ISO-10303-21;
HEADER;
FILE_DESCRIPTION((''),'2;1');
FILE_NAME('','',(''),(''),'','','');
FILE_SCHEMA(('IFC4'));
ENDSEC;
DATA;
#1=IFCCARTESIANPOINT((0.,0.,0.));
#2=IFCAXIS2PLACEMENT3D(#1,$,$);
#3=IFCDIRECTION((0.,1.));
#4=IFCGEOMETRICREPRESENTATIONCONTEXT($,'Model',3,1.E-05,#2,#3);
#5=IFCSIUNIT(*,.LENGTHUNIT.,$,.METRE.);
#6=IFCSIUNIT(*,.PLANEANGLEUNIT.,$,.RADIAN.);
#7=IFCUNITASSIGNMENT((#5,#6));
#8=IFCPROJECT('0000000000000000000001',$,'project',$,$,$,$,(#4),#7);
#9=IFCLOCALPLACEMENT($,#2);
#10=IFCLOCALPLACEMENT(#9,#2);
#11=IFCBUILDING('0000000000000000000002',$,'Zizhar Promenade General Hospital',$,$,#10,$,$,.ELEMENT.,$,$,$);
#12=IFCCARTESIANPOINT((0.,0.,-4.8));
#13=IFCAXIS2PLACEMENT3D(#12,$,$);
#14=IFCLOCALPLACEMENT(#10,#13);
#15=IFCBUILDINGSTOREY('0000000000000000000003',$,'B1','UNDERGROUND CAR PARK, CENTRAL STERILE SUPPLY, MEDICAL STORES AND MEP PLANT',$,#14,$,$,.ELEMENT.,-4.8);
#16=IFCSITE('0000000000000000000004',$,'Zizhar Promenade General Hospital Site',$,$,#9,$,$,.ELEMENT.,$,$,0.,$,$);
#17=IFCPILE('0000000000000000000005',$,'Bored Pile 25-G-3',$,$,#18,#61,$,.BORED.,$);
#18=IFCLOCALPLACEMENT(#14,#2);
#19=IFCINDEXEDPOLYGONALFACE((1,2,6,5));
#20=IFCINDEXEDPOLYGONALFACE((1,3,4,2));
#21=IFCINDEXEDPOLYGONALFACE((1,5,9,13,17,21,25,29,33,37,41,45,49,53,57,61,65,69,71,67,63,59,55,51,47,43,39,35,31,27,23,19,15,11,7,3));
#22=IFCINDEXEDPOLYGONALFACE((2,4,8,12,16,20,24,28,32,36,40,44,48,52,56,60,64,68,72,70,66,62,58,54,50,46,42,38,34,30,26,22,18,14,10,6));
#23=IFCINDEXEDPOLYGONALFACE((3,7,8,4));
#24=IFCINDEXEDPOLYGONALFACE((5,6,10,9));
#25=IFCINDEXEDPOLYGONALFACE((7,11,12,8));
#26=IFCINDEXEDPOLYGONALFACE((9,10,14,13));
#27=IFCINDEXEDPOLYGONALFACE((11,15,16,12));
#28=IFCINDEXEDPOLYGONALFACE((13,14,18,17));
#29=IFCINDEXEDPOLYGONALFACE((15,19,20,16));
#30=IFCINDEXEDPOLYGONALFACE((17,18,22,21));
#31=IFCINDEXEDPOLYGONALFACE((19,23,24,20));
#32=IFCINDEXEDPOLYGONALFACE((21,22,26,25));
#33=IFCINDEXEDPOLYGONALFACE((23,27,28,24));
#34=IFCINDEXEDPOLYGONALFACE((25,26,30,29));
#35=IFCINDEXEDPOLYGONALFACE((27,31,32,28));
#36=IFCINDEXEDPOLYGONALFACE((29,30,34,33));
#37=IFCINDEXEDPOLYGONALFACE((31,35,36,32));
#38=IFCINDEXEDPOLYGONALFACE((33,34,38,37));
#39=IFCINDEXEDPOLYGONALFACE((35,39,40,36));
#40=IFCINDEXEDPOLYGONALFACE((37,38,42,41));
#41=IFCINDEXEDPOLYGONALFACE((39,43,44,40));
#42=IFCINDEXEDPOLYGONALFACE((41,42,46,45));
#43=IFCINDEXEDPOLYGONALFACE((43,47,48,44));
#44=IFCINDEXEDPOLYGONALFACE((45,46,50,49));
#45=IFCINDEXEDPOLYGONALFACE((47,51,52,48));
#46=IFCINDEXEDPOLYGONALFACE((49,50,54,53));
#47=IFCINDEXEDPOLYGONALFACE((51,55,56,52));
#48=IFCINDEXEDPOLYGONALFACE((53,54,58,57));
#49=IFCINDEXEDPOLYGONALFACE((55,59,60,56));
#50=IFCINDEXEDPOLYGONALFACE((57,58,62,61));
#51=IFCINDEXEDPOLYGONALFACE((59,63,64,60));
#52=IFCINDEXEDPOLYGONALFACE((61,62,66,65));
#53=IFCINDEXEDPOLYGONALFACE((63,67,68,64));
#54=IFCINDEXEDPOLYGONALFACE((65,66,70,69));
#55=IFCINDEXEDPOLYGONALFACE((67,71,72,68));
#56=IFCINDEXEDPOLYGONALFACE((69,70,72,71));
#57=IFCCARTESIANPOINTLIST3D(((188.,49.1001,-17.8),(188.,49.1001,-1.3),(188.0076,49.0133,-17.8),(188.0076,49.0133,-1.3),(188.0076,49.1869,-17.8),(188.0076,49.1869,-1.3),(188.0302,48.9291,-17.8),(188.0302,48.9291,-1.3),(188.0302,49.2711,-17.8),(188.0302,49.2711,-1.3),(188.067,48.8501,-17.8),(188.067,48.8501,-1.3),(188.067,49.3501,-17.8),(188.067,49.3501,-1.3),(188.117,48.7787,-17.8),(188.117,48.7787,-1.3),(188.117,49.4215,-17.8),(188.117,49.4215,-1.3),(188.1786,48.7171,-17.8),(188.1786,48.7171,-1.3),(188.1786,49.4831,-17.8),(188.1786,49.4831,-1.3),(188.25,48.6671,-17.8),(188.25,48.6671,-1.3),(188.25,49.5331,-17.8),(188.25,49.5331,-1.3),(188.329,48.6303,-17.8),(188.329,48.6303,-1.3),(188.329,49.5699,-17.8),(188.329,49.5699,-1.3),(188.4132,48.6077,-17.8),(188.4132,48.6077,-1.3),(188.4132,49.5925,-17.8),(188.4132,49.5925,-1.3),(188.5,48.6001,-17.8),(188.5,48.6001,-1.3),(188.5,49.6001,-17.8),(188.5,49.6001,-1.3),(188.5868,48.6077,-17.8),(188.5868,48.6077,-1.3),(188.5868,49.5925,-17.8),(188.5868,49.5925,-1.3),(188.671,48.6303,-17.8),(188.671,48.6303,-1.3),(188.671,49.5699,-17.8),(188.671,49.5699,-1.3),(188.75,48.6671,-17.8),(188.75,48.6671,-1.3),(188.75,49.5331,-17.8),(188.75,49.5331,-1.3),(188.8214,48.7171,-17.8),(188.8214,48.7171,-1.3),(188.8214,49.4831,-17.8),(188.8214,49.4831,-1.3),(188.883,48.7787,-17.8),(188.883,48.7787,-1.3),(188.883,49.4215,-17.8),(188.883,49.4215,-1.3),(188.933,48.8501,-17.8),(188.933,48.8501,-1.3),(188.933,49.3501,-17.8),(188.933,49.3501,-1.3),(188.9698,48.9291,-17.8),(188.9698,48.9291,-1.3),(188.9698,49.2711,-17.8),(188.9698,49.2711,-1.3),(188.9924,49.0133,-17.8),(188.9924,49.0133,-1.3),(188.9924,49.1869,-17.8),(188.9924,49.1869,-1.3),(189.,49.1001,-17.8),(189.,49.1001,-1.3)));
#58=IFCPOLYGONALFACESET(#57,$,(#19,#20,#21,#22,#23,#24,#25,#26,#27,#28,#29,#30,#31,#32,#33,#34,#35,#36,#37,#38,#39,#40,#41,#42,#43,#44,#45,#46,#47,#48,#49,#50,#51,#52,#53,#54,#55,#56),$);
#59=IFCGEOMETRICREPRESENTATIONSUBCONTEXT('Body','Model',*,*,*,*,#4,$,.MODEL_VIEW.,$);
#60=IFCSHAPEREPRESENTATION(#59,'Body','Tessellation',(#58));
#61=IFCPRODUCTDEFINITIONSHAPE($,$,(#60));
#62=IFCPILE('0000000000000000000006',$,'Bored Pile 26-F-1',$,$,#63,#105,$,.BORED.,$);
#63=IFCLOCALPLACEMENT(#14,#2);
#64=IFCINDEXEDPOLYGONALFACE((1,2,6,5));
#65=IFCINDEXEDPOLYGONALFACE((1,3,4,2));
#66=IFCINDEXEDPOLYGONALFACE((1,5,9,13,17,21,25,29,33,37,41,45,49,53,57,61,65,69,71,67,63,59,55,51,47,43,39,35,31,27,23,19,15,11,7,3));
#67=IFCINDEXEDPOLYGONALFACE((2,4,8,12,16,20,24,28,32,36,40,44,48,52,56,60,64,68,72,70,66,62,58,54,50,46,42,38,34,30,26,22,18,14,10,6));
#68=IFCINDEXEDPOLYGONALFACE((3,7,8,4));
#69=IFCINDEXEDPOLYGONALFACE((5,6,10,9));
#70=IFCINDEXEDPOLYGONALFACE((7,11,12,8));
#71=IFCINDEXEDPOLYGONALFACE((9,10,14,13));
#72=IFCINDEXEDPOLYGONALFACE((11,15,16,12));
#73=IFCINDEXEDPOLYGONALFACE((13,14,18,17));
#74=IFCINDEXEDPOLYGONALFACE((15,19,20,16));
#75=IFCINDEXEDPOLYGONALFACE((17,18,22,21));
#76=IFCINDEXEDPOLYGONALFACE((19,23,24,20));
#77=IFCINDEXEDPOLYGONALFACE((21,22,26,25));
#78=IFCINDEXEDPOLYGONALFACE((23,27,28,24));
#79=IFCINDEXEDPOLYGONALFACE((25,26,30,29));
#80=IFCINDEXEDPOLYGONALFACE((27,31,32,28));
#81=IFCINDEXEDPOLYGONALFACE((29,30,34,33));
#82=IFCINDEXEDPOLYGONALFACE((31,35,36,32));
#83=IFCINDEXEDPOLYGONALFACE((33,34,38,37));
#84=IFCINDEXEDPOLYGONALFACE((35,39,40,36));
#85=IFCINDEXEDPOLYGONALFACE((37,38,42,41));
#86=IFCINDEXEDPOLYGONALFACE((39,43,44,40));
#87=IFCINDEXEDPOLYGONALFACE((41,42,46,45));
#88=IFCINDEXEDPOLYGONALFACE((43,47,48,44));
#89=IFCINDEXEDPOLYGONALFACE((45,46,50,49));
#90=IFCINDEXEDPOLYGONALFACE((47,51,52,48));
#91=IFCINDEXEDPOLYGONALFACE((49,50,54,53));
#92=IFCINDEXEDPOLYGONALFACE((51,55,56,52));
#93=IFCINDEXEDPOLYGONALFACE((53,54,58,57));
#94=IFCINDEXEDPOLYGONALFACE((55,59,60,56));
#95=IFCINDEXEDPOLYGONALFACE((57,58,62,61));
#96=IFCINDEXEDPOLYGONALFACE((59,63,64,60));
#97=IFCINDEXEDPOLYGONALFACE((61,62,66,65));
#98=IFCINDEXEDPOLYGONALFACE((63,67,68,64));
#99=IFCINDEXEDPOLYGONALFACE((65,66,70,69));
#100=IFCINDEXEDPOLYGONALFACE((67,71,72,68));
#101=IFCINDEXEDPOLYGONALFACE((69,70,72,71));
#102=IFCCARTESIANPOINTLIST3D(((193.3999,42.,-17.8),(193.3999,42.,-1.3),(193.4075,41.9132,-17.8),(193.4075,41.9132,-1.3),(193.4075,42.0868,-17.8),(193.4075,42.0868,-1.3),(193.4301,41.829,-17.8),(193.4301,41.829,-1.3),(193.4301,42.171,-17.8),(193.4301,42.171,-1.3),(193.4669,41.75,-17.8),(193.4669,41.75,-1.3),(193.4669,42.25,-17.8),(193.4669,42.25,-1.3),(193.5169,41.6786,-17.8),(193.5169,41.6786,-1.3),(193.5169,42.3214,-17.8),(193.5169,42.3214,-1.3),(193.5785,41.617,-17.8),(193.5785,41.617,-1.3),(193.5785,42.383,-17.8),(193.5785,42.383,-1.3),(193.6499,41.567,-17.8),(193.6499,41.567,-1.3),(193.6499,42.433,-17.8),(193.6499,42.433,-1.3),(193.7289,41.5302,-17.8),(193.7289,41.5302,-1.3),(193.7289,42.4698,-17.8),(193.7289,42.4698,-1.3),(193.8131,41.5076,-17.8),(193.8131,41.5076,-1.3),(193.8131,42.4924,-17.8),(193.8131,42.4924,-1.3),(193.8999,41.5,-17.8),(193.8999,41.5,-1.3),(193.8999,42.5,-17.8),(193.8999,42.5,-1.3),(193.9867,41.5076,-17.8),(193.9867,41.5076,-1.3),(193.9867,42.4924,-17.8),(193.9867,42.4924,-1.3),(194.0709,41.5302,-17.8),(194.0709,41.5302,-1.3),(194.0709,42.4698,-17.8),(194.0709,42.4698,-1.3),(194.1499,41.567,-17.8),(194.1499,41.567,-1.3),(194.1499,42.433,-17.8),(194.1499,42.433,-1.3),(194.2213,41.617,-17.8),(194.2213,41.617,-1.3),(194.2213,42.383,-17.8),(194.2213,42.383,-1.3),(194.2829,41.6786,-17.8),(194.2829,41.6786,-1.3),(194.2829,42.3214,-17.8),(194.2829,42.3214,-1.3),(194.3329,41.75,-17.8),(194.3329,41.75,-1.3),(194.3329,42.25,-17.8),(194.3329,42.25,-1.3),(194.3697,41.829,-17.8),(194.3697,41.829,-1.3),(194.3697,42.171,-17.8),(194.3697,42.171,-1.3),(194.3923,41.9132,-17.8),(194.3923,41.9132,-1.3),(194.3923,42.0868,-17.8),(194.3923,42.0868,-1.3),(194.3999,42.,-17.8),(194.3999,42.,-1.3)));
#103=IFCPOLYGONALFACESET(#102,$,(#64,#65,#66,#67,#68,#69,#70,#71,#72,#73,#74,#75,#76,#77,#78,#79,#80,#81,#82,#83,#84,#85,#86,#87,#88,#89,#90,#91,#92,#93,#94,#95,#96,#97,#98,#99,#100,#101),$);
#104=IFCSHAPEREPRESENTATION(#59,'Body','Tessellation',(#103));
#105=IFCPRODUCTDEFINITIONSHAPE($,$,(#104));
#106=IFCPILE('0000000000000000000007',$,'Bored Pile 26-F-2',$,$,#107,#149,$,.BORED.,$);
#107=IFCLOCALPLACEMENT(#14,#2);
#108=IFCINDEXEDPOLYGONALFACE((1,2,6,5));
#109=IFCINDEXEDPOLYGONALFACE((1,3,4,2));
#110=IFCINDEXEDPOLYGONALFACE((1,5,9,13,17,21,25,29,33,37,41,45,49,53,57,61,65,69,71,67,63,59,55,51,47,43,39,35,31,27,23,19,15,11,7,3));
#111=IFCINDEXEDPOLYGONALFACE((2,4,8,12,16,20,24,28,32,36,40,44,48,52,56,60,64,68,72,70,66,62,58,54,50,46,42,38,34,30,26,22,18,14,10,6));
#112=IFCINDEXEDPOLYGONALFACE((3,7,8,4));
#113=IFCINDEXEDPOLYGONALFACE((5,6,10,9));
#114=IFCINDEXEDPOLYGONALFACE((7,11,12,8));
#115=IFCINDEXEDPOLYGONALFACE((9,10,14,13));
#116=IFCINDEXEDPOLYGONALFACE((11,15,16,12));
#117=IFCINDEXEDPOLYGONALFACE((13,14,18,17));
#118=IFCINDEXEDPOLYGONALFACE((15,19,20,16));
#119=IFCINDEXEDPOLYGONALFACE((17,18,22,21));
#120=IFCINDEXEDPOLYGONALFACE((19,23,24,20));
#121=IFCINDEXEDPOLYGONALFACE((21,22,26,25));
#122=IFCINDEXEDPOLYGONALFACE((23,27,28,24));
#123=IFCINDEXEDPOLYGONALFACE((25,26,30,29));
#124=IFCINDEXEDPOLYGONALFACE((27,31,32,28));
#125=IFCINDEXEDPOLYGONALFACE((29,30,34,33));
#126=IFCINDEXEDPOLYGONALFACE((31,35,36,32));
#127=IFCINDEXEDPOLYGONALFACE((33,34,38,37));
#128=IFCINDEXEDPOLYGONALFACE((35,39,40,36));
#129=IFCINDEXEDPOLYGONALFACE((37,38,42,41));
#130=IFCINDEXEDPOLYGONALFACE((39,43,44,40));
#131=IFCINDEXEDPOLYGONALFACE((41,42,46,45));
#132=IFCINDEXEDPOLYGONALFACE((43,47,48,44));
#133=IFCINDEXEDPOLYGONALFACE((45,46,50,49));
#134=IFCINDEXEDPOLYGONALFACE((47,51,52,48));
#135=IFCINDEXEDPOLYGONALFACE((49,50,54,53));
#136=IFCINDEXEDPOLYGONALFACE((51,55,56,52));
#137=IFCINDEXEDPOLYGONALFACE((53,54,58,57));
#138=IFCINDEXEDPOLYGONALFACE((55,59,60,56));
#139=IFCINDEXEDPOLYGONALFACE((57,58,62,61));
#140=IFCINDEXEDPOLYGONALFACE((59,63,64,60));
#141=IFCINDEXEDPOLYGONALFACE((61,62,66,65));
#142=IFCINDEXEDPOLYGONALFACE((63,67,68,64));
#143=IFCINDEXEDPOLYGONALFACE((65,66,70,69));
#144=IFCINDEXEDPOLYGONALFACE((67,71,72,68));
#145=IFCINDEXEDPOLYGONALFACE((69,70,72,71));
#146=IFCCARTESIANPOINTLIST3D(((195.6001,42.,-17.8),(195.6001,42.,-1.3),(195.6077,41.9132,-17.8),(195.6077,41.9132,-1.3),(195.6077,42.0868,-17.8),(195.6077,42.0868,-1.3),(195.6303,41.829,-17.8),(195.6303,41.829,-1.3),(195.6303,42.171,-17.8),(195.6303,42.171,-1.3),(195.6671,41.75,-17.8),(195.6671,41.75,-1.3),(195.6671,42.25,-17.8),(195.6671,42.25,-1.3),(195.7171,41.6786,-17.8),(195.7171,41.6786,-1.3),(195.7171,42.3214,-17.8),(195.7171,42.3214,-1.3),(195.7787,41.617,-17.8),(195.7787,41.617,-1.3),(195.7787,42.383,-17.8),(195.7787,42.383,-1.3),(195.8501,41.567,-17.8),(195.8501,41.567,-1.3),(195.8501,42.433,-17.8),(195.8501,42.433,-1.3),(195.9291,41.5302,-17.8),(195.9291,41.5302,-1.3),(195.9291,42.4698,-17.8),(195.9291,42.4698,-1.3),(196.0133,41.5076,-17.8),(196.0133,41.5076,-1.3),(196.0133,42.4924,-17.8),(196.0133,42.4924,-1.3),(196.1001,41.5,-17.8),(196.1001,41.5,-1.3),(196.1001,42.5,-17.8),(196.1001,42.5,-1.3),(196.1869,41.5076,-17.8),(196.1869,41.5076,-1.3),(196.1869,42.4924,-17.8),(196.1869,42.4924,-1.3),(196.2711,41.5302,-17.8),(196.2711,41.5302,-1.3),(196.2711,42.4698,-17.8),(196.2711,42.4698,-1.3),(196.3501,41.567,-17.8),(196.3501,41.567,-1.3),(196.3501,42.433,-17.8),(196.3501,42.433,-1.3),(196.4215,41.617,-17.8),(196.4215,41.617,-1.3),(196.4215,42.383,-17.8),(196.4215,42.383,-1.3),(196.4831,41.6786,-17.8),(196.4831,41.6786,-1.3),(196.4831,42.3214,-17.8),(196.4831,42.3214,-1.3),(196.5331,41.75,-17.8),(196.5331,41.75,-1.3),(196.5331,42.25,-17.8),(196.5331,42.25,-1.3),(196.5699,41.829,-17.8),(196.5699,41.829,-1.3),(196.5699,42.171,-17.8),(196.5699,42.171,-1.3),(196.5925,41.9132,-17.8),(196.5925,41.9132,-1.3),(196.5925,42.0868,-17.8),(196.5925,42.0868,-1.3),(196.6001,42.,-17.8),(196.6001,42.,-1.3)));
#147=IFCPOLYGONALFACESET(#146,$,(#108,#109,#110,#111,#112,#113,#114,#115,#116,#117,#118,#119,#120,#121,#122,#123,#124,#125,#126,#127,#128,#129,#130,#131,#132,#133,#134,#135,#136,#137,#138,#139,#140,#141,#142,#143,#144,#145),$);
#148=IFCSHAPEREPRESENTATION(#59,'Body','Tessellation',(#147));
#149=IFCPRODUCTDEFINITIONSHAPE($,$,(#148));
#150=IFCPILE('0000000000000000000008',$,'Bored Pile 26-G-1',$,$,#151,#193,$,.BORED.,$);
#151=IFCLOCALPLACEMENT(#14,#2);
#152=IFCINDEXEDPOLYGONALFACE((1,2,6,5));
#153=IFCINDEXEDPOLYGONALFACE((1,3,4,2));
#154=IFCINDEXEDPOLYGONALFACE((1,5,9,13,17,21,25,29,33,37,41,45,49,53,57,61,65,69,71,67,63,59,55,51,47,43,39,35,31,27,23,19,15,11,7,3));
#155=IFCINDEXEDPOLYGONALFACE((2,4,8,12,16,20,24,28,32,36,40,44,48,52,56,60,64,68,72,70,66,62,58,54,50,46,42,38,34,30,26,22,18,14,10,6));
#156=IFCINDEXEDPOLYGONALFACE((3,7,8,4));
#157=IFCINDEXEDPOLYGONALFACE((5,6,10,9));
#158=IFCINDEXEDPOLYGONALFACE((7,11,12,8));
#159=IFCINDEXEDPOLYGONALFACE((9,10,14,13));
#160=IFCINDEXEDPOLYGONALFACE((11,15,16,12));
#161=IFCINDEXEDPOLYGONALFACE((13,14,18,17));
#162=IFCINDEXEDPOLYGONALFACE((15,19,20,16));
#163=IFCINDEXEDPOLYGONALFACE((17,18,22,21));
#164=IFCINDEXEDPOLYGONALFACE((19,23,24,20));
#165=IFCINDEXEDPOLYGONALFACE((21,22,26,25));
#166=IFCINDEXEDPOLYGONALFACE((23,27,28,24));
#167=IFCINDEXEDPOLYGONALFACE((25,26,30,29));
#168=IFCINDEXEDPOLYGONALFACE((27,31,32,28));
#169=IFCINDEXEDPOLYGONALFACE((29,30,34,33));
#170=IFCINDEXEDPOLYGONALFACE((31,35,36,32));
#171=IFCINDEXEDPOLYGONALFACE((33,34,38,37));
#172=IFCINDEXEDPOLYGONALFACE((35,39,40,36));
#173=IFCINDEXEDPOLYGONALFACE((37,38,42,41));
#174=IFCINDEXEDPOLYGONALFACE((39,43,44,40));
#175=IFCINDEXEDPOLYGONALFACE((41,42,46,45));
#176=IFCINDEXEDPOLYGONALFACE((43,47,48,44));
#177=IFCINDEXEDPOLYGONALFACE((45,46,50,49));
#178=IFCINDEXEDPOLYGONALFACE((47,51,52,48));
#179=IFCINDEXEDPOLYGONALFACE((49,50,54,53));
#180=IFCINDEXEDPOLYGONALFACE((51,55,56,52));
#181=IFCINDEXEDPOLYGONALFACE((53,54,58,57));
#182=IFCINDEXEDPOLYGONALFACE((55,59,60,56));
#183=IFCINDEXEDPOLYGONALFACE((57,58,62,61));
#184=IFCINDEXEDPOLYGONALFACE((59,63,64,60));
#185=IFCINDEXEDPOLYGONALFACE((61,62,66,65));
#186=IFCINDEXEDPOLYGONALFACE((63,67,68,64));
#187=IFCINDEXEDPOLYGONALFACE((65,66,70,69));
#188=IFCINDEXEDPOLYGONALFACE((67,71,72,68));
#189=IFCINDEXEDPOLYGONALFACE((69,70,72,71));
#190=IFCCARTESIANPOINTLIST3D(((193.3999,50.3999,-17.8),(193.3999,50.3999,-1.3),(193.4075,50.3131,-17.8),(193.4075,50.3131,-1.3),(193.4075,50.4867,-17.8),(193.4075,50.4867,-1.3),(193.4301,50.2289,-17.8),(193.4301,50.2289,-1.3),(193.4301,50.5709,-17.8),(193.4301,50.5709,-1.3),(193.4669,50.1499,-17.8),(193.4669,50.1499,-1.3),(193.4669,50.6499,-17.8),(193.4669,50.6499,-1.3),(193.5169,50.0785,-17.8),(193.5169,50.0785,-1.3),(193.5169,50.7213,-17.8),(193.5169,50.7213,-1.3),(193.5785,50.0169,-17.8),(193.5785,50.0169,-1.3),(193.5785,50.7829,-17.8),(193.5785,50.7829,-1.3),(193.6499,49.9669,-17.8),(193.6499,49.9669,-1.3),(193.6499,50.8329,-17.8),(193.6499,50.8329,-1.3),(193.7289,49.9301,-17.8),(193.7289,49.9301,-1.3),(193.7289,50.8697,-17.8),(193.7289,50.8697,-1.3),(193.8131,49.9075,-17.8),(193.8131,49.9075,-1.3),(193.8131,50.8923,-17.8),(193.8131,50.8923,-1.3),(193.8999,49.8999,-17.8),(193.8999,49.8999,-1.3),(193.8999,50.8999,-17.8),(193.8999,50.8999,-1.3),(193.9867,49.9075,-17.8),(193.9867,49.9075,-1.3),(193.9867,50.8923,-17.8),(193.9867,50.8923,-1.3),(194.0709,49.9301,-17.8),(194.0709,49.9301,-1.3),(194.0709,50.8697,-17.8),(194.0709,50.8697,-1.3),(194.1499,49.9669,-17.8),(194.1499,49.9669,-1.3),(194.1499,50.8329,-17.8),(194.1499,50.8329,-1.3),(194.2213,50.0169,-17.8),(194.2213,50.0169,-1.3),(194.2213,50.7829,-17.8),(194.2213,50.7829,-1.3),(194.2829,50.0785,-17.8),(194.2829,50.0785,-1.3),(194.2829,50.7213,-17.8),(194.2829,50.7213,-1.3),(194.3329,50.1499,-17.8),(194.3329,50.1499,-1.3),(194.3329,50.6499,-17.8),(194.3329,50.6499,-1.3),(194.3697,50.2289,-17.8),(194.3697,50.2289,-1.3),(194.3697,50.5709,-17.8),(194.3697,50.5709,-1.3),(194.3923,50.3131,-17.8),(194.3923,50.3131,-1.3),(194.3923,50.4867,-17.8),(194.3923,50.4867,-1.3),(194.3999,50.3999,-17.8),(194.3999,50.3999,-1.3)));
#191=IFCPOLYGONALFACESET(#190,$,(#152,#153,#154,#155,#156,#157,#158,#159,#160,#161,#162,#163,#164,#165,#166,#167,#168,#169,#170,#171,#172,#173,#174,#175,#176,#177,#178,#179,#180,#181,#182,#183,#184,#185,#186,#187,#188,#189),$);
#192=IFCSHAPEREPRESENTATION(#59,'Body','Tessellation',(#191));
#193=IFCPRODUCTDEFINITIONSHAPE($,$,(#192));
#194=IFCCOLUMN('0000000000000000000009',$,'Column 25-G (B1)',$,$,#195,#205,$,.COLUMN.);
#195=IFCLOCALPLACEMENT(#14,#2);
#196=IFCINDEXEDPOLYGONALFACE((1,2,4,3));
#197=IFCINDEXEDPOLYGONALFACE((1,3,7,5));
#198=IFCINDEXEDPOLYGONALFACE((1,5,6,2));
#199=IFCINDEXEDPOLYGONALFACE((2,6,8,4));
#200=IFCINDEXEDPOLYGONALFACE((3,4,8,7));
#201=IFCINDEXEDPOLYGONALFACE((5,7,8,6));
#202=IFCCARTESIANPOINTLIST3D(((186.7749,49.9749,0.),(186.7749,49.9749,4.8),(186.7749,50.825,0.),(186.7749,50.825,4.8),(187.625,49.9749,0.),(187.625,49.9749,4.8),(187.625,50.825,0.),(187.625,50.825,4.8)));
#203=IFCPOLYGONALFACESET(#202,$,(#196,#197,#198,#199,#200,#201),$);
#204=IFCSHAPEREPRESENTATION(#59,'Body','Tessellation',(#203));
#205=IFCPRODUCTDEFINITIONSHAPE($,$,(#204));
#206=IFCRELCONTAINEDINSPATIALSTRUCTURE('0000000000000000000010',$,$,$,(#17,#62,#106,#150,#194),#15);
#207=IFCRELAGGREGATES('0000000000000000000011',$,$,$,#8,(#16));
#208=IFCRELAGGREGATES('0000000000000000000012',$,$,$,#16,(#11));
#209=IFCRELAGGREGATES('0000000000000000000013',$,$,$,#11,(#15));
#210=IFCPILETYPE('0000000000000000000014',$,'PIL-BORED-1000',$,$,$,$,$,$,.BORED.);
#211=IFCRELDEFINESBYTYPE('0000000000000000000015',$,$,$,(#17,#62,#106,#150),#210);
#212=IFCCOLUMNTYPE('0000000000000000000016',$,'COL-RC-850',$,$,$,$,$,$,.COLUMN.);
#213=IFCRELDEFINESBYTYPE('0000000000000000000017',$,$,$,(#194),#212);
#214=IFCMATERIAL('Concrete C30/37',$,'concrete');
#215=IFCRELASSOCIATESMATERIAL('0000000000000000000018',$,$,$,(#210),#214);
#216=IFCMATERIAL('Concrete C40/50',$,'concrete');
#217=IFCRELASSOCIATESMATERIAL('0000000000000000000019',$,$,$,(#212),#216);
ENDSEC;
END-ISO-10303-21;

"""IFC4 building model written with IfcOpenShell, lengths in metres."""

from ifc_helpers import new_model, si_unit, direction, frame, origin, origin_2d, place, context, subcontext, project, spatial, rectangle, circle, extrude, material, material_profile, profile_set, type_object, element, save


model = new_model("IFC4")

# Units and contexts
model_context = context("Model", 3, precision=1e-05, world=origin(), true_north=direction((0.0, 1.0)))
body_context = subcontext(model_context, "Body", "Model", "MODEL_VIEW")
ifc_project = project(units=[si_unit("LENGTHUNIT", "METRE"), si_unit("PLANEANGLEUNIT", "RADIAN")], contexts=[model_context])

# Site, building, storey
site_placement = place(None, origin())
site = spatial("IfcSite", under=ifc_project, at=site_placement, Name="Zizhar Promenade General Hospital Site", CompositionType="ELEMENT", RefElevation=0.0)
building_placement = place(site_placement, origin())
building = spatial("IfcBuilding", under=site, at=building_placement, Name="Zizhar Promenade General Hospital", CompositionType="ELEMENT")
storey_placement = place(building_placement, frame((0.0, 0.0, -4.8)))
storey = spatial("IfcBuildingStorey", under=building, at=storey_placement, Name="B1", Description="UNDERGROUND CAR PARK, CENTRAL STERILE SUPPLY, MEDICAL STORES AND MEP PLANT", CompositionType="ELEMENT", Elevation=-4.8)

# Piles
ifc_material_1 = material(Name="Concrete C30/37", Category="concrete")
ifc_material_profile_1 = material_profile(ifc_material_1, circle(Radius=0.5, at=origin_2d()))
ifc_profile_set_1 = profile_set([ifc_material_profile_1], Name="Concrete C30/37")
pile_type = type_object("IfcPileType", Name="PIL-BORED-1000", PredefinedType="BORED", material=ifc_profile_set_1)
for number, where, z_axis, x_axis, name in (
    (1, (188.5, 49.1001, -1.3), (0.0, 0.0, -1.0), (1.0, 0.0, 0.0), "Bored Pile 25-G-3"),
    (2, (193.8999, 42.0, -1.3), (0.0, 0.0, -1.0), (1.0, 0.0, 0.0), "Bored Pile 26-F-1"),
    (3, (196.1001, 42.0, -1.3), (0.0, 0.0, -1.0), (1.0, 0.0, 0.0), "Bored Pile 26-F-2"),
    (4, (193.8999, 50.3999, -1.3), (0.0, 0.0, -1.0), (1.0, 0.0, 0.0), "Bored Pile 26-G-1"),
):
    element("IfcPile", number, at=place(storey_placement, frame(where, z_axis=z_axis, x_axis=x_axis)), inside=storey, type_object=pile_type, Name=name, PredefinedType="BORED", context=body_context, shape_type="SweptSolid", body=[
        extrude(circle(Radius=0.5, at=origin_2d()), origin(), (0.0, 0.0, 1.0), 16.5),
    ])

# Column
ifc_material_2 = material(Name="Concrete C40/50", Category="concrete")
ifc_material_profile_2 = material_profile(ifc_material_2, rectangle(XDim=0.8501, YDim=0.8501, at=origin_2d()))
ifc_profile_set_2 = profile_set([ifc_material_profile_2], Name="Concrete C40/50")
column_type = type_object("IfcColumnType", Name="COL-RC-850", PredefinedType="COLUMN", material=ifc_profile_set_2)
for number, where, z_axis, x_axis, name in (
    (5, (187.2, 50.3999, 0.0), (0.0, 0.0, 1.0), (1.0, 0.0, 0.0), "Column 25-G (B1)"),
):
    element("IfcColumn", number, at=place(storey_placement, frame(where, z_axis=z_axis, x_axis=x_axis)), inside=storey, type_object=column_type, Name=name, PredefinedType="COLUMN", context=body_context, shape_type="SweptSolid", body=[
        extrude(rectangle(XDim=0.8501, YDim=0.8501, at=origin_2d()), origin(), (0.0, 0.0, 1.0), 4.8),
    ])

save(model, "model.ifc")
